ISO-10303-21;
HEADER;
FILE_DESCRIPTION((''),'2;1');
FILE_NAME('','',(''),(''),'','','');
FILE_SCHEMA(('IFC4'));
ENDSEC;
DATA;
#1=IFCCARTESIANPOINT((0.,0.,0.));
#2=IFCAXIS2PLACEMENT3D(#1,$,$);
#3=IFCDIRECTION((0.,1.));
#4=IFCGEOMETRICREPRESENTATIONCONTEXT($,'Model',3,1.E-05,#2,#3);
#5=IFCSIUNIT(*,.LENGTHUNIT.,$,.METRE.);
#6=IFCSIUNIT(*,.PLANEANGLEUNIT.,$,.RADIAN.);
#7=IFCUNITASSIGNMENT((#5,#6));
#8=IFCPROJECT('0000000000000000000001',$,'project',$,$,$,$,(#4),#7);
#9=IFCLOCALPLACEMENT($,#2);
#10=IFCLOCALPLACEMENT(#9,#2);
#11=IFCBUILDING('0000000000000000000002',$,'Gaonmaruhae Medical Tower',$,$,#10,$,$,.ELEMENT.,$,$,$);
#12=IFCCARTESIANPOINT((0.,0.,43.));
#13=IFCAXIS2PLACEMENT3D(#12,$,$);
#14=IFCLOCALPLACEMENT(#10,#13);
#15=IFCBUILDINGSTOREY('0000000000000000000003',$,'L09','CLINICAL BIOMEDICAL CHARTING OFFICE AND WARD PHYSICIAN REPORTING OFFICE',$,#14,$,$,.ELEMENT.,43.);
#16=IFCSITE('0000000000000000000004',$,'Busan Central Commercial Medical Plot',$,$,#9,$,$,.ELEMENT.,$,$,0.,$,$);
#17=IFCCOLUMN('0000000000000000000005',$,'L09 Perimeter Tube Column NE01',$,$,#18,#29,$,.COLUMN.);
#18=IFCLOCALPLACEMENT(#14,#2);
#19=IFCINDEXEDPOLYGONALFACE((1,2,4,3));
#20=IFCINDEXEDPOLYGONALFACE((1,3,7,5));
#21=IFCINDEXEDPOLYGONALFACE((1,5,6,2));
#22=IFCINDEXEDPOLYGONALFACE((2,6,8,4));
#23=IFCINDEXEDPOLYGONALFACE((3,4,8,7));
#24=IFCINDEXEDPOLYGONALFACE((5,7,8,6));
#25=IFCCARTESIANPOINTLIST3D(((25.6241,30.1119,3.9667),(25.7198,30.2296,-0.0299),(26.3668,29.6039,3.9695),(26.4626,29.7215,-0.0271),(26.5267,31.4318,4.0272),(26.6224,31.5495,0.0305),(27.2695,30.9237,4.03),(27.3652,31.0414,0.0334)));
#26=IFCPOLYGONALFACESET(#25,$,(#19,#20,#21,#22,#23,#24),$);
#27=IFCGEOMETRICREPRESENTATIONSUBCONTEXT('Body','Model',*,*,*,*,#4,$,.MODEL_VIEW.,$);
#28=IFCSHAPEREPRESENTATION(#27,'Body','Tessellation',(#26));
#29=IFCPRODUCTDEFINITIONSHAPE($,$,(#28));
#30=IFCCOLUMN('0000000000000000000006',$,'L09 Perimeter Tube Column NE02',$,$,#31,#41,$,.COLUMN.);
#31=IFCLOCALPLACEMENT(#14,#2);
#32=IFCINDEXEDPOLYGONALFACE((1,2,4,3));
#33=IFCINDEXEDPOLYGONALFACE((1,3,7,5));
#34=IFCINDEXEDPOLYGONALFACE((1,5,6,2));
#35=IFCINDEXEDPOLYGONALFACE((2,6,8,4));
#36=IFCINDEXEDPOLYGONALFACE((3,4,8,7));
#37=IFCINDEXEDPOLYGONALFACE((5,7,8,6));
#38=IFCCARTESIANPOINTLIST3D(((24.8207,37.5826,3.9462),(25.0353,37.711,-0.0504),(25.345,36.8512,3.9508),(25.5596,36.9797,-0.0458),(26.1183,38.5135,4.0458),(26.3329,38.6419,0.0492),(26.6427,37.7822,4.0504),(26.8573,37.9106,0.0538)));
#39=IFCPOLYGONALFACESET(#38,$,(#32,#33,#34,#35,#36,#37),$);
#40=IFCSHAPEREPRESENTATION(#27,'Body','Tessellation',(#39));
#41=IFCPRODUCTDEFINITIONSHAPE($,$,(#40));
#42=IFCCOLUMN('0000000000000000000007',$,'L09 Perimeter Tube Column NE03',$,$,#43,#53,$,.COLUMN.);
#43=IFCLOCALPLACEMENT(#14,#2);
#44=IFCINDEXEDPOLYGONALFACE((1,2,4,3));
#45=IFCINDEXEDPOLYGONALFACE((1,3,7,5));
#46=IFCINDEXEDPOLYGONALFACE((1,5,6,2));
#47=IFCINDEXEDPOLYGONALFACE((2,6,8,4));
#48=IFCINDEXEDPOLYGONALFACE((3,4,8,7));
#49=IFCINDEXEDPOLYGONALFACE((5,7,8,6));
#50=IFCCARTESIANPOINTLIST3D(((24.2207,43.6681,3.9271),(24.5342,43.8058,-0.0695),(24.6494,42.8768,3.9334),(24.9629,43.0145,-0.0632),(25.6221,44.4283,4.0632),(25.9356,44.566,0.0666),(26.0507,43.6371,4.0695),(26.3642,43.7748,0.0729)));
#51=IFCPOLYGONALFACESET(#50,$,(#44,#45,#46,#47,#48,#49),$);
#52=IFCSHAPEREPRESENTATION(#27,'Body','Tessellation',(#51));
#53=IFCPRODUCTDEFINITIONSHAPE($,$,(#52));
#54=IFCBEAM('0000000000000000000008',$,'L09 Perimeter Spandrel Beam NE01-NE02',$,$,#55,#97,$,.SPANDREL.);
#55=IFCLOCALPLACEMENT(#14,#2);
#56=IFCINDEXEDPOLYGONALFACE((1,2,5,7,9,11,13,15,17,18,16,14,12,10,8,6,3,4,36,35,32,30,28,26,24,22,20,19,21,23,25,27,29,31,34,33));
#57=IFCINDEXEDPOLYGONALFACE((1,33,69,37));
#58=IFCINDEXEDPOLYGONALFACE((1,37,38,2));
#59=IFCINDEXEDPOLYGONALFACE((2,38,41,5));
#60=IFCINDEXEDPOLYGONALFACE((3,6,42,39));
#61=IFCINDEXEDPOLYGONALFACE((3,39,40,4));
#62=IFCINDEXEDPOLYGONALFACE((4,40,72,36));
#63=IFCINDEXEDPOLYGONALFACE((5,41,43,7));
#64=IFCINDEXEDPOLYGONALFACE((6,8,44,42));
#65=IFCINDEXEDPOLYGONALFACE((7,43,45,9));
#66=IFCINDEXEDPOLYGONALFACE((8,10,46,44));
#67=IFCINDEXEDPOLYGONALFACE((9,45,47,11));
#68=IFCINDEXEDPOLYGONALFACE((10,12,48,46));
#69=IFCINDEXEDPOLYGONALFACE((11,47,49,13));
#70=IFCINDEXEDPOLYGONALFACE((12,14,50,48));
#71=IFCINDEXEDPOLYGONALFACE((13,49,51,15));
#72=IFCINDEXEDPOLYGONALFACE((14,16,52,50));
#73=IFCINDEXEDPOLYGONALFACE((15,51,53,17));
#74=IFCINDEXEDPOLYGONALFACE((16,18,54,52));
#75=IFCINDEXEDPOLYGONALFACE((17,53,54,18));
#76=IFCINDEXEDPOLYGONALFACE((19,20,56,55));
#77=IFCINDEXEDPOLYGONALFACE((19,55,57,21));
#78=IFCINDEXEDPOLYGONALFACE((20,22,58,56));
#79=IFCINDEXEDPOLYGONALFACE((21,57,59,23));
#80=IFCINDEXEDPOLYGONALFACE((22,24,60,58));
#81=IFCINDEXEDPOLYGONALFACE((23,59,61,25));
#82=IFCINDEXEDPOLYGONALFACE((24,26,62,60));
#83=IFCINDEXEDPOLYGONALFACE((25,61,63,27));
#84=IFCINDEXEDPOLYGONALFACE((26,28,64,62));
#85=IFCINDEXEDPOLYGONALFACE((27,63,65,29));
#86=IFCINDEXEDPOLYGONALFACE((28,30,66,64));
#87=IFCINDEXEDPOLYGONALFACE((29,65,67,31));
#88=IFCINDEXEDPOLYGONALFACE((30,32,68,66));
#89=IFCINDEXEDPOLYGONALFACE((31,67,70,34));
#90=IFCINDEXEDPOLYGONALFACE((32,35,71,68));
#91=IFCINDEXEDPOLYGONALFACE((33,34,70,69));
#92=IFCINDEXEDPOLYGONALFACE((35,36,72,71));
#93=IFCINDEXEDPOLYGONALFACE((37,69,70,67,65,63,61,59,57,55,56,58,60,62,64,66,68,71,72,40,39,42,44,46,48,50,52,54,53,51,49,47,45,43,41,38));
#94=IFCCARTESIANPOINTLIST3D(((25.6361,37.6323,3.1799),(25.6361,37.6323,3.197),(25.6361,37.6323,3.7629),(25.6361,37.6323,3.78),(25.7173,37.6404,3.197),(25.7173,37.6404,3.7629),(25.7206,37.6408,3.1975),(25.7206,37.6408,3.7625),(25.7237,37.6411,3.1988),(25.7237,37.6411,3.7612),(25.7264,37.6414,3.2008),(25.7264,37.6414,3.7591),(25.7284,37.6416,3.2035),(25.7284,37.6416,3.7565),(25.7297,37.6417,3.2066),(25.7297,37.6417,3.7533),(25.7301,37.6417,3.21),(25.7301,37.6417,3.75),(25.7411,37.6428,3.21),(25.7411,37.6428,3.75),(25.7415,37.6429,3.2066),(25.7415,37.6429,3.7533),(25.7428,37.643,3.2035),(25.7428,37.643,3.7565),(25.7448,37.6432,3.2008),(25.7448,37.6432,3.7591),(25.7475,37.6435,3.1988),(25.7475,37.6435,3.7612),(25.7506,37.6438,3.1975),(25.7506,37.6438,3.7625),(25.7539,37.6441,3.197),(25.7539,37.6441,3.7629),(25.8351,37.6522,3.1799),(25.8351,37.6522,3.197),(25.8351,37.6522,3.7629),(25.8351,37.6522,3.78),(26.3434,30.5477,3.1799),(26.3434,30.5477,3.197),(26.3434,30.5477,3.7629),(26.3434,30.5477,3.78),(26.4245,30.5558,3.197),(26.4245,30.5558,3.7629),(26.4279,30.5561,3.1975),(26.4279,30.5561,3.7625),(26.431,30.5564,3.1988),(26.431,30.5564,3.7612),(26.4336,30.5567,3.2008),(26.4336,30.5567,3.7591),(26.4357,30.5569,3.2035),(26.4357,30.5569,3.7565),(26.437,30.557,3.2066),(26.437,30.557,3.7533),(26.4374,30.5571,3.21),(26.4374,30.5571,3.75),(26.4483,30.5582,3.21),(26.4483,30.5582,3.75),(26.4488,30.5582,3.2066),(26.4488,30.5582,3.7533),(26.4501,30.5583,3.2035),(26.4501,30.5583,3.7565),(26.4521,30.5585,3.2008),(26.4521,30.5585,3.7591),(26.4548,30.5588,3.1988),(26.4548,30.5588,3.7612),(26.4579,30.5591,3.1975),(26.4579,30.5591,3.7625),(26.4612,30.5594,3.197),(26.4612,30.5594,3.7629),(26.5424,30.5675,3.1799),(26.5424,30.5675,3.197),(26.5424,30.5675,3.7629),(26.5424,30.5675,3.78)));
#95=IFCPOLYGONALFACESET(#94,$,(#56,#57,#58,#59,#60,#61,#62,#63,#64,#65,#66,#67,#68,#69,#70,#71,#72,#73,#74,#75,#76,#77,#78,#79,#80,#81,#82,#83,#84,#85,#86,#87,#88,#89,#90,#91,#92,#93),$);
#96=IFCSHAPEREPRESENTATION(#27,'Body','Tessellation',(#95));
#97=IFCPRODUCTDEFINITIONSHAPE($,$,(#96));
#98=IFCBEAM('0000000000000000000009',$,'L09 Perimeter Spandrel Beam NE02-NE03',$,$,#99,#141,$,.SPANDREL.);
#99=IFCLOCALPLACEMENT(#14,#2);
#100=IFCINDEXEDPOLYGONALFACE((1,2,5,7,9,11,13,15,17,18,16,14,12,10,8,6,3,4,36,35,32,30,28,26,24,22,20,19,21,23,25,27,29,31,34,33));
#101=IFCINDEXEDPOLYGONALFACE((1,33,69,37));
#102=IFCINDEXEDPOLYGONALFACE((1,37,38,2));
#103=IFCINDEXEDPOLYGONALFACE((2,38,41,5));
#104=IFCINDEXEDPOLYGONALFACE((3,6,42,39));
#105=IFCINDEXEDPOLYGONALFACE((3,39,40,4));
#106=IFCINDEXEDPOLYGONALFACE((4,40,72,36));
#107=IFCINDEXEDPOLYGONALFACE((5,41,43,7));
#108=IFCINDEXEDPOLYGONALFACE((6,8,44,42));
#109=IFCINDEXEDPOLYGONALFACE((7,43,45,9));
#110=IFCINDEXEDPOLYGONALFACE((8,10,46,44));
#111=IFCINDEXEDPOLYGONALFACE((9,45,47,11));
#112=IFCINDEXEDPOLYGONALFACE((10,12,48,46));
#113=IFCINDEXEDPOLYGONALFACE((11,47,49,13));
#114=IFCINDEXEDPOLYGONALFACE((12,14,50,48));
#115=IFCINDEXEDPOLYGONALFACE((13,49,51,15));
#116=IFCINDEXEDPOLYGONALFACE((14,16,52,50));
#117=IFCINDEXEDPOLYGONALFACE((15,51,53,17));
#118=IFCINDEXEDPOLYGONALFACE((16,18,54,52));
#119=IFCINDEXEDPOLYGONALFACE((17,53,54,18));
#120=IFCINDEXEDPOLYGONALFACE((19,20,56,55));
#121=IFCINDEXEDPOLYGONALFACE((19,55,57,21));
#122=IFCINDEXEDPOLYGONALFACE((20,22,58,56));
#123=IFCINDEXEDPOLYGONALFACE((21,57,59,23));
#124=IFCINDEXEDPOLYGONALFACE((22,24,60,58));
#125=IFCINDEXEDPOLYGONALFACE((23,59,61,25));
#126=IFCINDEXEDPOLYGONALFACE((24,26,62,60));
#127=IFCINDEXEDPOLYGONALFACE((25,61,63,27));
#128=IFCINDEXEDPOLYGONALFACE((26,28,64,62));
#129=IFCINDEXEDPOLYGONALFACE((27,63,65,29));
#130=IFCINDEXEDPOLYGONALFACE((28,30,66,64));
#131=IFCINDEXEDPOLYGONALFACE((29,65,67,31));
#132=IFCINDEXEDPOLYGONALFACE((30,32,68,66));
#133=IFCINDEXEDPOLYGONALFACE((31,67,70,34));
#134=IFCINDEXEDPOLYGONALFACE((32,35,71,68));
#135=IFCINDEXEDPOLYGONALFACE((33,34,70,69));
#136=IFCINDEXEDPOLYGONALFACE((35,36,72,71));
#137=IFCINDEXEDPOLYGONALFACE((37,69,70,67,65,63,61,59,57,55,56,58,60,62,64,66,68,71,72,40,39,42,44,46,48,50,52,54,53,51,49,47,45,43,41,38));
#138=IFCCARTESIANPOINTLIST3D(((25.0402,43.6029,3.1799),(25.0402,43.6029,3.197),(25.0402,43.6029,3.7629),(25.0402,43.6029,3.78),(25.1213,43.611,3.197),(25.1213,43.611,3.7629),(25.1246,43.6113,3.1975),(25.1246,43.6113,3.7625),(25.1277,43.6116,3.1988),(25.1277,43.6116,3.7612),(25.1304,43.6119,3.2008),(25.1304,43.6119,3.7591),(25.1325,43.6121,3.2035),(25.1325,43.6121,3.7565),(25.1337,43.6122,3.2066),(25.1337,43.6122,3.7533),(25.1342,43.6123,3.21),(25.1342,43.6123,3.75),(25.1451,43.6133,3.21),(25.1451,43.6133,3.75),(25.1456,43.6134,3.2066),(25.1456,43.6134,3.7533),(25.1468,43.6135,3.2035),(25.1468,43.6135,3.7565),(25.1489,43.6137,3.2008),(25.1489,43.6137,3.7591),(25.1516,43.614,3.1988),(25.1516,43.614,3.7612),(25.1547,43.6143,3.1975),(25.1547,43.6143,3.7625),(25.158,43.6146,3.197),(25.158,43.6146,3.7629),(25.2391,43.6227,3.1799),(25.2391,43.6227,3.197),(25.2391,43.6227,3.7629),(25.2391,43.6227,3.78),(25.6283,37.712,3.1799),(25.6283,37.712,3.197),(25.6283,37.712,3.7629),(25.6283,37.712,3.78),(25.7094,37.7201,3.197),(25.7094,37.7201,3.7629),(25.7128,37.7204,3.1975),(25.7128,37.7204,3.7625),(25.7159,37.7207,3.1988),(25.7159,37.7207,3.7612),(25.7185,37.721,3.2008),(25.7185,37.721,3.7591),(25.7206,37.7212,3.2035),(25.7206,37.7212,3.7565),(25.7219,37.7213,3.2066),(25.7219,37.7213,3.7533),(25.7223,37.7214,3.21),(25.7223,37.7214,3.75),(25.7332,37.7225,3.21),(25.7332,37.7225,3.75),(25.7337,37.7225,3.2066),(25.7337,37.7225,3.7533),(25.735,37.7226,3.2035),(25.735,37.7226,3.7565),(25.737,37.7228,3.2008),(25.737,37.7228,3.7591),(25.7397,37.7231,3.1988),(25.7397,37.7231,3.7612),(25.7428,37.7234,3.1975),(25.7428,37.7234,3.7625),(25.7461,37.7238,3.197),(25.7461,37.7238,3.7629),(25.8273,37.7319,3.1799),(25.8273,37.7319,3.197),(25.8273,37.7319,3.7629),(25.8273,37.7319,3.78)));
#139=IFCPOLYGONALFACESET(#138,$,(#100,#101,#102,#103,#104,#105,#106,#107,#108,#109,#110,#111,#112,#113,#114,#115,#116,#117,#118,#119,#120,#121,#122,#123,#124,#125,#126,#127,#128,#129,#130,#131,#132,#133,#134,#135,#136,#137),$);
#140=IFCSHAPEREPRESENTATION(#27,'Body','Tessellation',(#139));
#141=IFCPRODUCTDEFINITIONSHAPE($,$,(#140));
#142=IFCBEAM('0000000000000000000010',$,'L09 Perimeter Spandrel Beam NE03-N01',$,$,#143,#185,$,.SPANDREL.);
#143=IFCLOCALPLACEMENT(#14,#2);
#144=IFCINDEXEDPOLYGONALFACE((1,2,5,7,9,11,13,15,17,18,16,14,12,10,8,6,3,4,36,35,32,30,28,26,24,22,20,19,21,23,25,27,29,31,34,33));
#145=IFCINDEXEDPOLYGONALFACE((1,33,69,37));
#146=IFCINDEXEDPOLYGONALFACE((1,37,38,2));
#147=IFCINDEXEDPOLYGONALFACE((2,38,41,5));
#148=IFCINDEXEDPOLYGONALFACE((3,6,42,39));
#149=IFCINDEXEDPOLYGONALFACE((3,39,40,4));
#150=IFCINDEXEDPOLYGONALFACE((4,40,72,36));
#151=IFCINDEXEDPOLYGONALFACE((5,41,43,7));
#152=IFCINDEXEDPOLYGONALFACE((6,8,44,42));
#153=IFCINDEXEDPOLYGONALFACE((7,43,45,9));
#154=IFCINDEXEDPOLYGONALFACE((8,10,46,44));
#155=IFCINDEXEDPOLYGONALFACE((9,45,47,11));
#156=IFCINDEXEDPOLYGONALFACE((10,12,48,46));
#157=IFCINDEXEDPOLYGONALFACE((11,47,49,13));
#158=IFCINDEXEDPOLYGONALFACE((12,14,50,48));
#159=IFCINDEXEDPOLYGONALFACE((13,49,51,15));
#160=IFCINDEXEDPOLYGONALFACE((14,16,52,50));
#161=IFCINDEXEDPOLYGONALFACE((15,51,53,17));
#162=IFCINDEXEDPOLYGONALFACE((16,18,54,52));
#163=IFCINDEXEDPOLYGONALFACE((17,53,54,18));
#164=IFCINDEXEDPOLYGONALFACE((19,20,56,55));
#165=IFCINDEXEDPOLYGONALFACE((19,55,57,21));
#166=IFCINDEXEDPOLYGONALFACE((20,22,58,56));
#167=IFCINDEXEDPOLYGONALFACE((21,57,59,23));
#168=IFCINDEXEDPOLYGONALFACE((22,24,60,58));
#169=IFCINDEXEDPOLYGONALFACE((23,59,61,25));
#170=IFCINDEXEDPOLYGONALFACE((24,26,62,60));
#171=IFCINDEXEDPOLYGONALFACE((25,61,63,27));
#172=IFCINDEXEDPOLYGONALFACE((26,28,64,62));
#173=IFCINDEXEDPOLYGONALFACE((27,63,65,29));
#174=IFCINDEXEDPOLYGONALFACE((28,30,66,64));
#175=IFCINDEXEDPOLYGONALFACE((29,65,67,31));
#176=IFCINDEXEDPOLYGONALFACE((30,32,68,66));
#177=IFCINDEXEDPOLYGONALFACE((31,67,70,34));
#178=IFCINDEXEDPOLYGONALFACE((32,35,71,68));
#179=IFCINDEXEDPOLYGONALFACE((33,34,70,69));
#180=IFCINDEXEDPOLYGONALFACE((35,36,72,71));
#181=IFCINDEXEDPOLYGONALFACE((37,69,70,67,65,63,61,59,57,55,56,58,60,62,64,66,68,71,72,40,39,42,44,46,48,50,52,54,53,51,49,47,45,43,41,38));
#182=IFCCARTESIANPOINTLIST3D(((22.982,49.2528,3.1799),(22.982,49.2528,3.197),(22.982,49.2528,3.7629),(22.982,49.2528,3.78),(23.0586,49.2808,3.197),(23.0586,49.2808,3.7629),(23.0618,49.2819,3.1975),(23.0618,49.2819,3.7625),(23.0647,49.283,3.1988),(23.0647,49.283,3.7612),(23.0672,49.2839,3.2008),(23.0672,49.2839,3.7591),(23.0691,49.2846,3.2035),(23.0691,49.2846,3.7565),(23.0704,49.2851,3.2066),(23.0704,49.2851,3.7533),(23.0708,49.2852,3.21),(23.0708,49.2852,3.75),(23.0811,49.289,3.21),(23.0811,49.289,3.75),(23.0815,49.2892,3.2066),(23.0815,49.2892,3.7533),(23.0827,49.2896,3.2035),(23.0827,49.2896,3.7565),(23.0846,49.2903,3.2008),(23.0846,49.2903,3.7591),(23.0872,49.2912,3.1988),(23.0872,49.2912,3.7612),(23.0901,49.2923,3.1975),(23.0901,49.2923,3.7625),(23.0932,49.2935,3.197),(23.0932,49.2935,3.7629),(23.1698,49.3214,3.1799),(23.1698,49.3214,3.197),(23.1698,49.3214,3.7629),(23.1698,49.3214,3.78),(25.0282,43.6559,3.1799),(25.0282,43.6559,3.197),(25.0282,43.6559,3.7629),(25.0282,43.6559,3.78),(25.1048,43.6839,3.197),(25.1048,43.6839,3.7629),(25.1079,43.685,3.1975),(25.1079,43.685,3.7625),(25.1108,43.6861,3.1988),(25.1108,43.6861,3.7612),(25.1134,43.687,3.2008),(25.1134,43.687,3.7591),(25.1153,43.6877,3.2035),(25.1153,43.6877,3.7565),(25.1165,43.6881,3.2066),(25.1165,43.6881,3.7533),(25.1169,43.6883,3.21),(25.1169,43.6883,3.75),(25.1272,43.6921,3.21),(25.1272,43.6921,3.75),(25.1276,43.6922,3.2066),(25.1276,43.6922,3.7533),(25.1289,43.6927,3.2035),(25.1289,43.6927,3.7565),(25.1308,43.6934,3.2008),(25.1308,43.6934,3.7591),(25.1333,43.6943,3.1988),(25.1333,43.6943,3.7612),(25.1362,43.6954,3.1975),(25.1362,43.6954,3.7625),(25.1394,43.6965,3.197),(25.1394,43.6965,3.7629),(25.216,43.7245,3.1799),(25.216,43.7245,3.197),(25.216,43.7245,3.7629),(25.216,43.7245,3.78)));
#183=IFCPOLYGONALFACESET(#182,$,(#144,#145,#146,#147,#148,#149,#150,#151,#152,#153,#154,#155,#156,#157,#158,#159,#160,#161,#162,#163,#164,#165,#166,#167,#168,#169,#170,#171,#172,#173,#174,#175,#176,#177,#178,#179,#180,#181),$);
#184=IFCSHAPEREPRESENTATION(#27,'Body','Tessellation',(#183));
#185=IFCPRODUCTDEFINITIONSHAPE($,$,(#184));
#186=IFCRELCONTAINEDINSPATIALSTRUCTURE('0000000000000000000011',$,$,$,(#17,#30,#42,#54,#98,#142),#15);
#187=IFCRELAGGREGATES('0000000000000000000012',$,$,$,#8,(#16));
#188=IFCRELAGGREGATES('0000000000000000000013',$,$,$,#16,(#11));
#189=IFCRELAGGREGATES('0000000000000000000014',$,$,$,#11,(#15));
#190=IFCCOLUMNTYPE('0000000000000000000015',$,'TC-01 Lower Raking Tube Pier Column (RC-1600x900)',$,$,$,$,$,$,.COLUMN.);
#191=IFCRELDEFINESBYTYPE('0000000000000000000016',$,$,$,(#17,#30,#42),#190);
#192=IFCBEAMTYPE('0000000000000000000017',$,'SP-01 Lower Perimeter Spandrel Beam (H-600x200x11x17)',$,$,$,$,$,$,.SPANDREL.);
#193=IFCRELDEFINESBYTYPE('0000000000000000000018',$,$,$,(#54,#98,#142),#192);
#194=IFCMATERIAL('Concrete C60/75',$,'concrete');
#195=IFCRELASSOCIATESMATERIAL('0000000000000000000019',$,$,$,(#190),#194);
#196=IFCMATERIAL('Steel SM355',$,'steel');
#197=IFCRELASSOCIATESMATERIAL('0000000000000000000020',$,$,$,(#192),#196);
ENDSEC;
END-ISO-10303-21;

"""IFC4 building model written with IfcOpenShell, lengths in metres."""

from ifc_helpers import new_model, si_unit, direction, frame, origin, origin_2d, place, context, subcontext, project, spatial, rectangle, i_section, extrude, material, material_profile, profile_set, type_object, element, save


model = new_model("IFC4")

# Units and contexts
model_context = context("Model", 3, precision=1e-05, world=origin(), true_north=direction((0.0, 1.0)))
body_context = subcontext(model_context, "Body", "Model", "MODEL_VIEW")
ifc_project = project(units=[si_unit("LENGTHUNIT", "METRE"), si_unit("PLANEANGLEUNIT", "RADIAN")], contexts=[model_context])

# Site, building, storey
site_placement = place(None, origin())
site = spatial("IfcSite", under=ifc_project, at=site_placement, Name="Busan Central Commercial Medical Plot", CompositionType="ELEMENT", RefElevation=0.0)
building_placement = place(site_placement, origin())
building = spatial("IfcBuilding", under=site, at=building_placement, Name="Gaonmaruhae Medical Tower", CompositionType="ELEMENT")
storey_placement = place(building_placement, frame((0.0, 0.0, 43.0)))
storey = spatial("IfcBuildingStorey", under=building, at=storey_placement, Name="L09", Description="CLINICAL BIOMEDICAL CHARTING OFFICE AND WARD PHYSICIAN REPORTING OFFICE", CompositionType="ELEMENT", Elevation=43.0)

# Columns
ifc_material_1 = material(Name="Concrete C60/75", Category="concrete")
ifc_material_profile_1 = material_profile(ifc_material_1, rectangle(XDim=1.6001, YDim=0.8999, at=origin_2d()), Name="RC-1600x900")
ifc_profile_set_1 = profile_set([ifc_material_profile_1], Name="Concrete C60/75")
column_type = type_object("IfcColumnType", Name="TC-01 Lower Raking Tube Pier Column (RC-1600x900)", PredefinedType="COLUMN", material=ifc_profile_set_1)
column_1_placement = place(storey_placement, frame((26.5425, 30.6355, 0.0017), z_axis=(-0.023929, -0.029423, 0.999281), x_axis=(0.564093, 0.824846, 0.037795)))
element("IfcColumn", 1, at=column_1_placement, inside=storey, type_object=column_type, Name="L09 Perimeter Tube Column NE01", PredefinedType="COLUMN", context=body_context, shape_type="SweptSolid", body=[
    extrude(rectangle(XDim=1.6001, YDim=0.8999, at=origin_2d()), origin(), (0.0, 0.0, 1.0), 3.9995),
])
column_2_placement = place(storey_placement, frame((25.9463, 37.8108, 0.0017), z_axis=(-0.053591, -0.032069, 0.998048), x_axis=(0.810958, 0.581785, 0.062239)))
element("IfcColumn", 2, at=column_2_placement, inside=storey, type_object=column_type, Name="L09 Perimeter Tube Column NE02", PredefinedType="COLUMN", context=body_context, shape_type="SweptSolid", body=[
    extrude(rectangle(XDim=1.6001, YDim=0.8999, at=origin_2d()), origin(), (0.0, 0.0, 1.0), 4.0044),
])
column_3_placement = place(storey_placement, frame((25.4492, 43.7903, 0.0017), z_axis=(-0.07815, -0.034328, 0.99635), x_axis=(0.87579, 0.475138, 0.085064)))
element("IfcColumn", 3, at=column_3_placement, inside=storey, type_object=column_type, Name="L09 Perimeter Tube Column NE03", PredefinedType="COLUMN", context=body_context, shape_type="SweptSolid", body=[
    extrude(rectangle(XDim=1.6001, YDim=0.8999, at=origin_2d()), origin(), (0.0, 0.0, 1.0), 4.0112),
])

# Beams
ifc_material_2 = material(Name="Steel SM355", Category="steel")
ifc_material_profile_2 = material_profile(ifc_material_2, i_section(OverallWidth=0.2, OverallDepth=0.6001, WebThickness=0.011, FlangeThickness=0.0171, FilletRadius=0.0129, at=origin_2d()), Name="H-600x200x11x17")
ifc_profile_set_2 = profile_set([ifc_material_profile_2], Name="Steel SM355")
beam_type = type_object("IfcBeamType", Name="SP-01 Lower Perimeter Spandrel Beam (H-600x200x11x17)", PredefinedType="SPANDREL", material=ifc_profile_set_2)
beam_1_placement = place(storey_placement, frame((26.4429, 30.5576, 3.48), z_axis=(-0.099337, 0.995054, 0.0), x_axis=(-0.995054, -0.099337, 0.0)))
element("IfcBeam", 4, at=beam_1_placement, inside=storey, type_object=beam_type, Name="L09 Perimeter Spandrel Beam NE01-NE02", PredefinedType="SPANDREL", context=body_context, shape_type="SweptSolid", body=[
    extrude(i_section(OverallWidth=0.2, OverallDepth=0.6001, WebThickness=0.011, FlangeThickness=0.0171, FilletRadius=0.0129, at=origin_2d()), origin(), (0.0, 0.0, 1.0), 7.1199),
])
beam_2_placement = place(storey_placement, frame((25.7278, 37.7219, 3.48), z_axis=(-0.099344, 0.995053, 0.0), x_axis=(-0.995053, -0.099344, 0.0)))
element("IfcBeam", 5, at=beam_2_placement, inside=storey, type_object=beam_type, Name="L09 Perimeter Spandrel Beam NE02-NE03", PredefinedType="SPANDREL", context=body_context, shape_type="SweptSolid", body=[
    extrude(i_section(OverallWidth=0.2, OverallDepth=0.6001, WebThickness=0.011, FlangeThickness=0.0171, FilletRadius=0.0129, at=origin_2d()), origin(), (0.0, 0.0, 1.0), 5.9202),
])
beam_3_placement = place(storey_placement, frame((25.1221, 43.6902, 3.48), z_axis=(-0.343358, 0.939205, 0.0), x_axis=(-0.939205, -0.343358, 0.0)))
element("IfcBeam", 6, at=beam_3_placement, inside=storey, type_object=beam_type, Name="L09 Perimeter Spandrel Beam NE03-N01", PredefinedType="SPANDREL", context=body_context, shape_type="SweptSolid", body=[
    extrude(i_section(OverallWidth=0.2, OverallDepth=0.6001, WebThickness=0.011, FlangeThickness=0.0171, FilletRadius=0.0129, at=origin_2d()), origin(), (0.0, 0.0, 1.0), 5.9592),
])

save(model, "model.ifc")
